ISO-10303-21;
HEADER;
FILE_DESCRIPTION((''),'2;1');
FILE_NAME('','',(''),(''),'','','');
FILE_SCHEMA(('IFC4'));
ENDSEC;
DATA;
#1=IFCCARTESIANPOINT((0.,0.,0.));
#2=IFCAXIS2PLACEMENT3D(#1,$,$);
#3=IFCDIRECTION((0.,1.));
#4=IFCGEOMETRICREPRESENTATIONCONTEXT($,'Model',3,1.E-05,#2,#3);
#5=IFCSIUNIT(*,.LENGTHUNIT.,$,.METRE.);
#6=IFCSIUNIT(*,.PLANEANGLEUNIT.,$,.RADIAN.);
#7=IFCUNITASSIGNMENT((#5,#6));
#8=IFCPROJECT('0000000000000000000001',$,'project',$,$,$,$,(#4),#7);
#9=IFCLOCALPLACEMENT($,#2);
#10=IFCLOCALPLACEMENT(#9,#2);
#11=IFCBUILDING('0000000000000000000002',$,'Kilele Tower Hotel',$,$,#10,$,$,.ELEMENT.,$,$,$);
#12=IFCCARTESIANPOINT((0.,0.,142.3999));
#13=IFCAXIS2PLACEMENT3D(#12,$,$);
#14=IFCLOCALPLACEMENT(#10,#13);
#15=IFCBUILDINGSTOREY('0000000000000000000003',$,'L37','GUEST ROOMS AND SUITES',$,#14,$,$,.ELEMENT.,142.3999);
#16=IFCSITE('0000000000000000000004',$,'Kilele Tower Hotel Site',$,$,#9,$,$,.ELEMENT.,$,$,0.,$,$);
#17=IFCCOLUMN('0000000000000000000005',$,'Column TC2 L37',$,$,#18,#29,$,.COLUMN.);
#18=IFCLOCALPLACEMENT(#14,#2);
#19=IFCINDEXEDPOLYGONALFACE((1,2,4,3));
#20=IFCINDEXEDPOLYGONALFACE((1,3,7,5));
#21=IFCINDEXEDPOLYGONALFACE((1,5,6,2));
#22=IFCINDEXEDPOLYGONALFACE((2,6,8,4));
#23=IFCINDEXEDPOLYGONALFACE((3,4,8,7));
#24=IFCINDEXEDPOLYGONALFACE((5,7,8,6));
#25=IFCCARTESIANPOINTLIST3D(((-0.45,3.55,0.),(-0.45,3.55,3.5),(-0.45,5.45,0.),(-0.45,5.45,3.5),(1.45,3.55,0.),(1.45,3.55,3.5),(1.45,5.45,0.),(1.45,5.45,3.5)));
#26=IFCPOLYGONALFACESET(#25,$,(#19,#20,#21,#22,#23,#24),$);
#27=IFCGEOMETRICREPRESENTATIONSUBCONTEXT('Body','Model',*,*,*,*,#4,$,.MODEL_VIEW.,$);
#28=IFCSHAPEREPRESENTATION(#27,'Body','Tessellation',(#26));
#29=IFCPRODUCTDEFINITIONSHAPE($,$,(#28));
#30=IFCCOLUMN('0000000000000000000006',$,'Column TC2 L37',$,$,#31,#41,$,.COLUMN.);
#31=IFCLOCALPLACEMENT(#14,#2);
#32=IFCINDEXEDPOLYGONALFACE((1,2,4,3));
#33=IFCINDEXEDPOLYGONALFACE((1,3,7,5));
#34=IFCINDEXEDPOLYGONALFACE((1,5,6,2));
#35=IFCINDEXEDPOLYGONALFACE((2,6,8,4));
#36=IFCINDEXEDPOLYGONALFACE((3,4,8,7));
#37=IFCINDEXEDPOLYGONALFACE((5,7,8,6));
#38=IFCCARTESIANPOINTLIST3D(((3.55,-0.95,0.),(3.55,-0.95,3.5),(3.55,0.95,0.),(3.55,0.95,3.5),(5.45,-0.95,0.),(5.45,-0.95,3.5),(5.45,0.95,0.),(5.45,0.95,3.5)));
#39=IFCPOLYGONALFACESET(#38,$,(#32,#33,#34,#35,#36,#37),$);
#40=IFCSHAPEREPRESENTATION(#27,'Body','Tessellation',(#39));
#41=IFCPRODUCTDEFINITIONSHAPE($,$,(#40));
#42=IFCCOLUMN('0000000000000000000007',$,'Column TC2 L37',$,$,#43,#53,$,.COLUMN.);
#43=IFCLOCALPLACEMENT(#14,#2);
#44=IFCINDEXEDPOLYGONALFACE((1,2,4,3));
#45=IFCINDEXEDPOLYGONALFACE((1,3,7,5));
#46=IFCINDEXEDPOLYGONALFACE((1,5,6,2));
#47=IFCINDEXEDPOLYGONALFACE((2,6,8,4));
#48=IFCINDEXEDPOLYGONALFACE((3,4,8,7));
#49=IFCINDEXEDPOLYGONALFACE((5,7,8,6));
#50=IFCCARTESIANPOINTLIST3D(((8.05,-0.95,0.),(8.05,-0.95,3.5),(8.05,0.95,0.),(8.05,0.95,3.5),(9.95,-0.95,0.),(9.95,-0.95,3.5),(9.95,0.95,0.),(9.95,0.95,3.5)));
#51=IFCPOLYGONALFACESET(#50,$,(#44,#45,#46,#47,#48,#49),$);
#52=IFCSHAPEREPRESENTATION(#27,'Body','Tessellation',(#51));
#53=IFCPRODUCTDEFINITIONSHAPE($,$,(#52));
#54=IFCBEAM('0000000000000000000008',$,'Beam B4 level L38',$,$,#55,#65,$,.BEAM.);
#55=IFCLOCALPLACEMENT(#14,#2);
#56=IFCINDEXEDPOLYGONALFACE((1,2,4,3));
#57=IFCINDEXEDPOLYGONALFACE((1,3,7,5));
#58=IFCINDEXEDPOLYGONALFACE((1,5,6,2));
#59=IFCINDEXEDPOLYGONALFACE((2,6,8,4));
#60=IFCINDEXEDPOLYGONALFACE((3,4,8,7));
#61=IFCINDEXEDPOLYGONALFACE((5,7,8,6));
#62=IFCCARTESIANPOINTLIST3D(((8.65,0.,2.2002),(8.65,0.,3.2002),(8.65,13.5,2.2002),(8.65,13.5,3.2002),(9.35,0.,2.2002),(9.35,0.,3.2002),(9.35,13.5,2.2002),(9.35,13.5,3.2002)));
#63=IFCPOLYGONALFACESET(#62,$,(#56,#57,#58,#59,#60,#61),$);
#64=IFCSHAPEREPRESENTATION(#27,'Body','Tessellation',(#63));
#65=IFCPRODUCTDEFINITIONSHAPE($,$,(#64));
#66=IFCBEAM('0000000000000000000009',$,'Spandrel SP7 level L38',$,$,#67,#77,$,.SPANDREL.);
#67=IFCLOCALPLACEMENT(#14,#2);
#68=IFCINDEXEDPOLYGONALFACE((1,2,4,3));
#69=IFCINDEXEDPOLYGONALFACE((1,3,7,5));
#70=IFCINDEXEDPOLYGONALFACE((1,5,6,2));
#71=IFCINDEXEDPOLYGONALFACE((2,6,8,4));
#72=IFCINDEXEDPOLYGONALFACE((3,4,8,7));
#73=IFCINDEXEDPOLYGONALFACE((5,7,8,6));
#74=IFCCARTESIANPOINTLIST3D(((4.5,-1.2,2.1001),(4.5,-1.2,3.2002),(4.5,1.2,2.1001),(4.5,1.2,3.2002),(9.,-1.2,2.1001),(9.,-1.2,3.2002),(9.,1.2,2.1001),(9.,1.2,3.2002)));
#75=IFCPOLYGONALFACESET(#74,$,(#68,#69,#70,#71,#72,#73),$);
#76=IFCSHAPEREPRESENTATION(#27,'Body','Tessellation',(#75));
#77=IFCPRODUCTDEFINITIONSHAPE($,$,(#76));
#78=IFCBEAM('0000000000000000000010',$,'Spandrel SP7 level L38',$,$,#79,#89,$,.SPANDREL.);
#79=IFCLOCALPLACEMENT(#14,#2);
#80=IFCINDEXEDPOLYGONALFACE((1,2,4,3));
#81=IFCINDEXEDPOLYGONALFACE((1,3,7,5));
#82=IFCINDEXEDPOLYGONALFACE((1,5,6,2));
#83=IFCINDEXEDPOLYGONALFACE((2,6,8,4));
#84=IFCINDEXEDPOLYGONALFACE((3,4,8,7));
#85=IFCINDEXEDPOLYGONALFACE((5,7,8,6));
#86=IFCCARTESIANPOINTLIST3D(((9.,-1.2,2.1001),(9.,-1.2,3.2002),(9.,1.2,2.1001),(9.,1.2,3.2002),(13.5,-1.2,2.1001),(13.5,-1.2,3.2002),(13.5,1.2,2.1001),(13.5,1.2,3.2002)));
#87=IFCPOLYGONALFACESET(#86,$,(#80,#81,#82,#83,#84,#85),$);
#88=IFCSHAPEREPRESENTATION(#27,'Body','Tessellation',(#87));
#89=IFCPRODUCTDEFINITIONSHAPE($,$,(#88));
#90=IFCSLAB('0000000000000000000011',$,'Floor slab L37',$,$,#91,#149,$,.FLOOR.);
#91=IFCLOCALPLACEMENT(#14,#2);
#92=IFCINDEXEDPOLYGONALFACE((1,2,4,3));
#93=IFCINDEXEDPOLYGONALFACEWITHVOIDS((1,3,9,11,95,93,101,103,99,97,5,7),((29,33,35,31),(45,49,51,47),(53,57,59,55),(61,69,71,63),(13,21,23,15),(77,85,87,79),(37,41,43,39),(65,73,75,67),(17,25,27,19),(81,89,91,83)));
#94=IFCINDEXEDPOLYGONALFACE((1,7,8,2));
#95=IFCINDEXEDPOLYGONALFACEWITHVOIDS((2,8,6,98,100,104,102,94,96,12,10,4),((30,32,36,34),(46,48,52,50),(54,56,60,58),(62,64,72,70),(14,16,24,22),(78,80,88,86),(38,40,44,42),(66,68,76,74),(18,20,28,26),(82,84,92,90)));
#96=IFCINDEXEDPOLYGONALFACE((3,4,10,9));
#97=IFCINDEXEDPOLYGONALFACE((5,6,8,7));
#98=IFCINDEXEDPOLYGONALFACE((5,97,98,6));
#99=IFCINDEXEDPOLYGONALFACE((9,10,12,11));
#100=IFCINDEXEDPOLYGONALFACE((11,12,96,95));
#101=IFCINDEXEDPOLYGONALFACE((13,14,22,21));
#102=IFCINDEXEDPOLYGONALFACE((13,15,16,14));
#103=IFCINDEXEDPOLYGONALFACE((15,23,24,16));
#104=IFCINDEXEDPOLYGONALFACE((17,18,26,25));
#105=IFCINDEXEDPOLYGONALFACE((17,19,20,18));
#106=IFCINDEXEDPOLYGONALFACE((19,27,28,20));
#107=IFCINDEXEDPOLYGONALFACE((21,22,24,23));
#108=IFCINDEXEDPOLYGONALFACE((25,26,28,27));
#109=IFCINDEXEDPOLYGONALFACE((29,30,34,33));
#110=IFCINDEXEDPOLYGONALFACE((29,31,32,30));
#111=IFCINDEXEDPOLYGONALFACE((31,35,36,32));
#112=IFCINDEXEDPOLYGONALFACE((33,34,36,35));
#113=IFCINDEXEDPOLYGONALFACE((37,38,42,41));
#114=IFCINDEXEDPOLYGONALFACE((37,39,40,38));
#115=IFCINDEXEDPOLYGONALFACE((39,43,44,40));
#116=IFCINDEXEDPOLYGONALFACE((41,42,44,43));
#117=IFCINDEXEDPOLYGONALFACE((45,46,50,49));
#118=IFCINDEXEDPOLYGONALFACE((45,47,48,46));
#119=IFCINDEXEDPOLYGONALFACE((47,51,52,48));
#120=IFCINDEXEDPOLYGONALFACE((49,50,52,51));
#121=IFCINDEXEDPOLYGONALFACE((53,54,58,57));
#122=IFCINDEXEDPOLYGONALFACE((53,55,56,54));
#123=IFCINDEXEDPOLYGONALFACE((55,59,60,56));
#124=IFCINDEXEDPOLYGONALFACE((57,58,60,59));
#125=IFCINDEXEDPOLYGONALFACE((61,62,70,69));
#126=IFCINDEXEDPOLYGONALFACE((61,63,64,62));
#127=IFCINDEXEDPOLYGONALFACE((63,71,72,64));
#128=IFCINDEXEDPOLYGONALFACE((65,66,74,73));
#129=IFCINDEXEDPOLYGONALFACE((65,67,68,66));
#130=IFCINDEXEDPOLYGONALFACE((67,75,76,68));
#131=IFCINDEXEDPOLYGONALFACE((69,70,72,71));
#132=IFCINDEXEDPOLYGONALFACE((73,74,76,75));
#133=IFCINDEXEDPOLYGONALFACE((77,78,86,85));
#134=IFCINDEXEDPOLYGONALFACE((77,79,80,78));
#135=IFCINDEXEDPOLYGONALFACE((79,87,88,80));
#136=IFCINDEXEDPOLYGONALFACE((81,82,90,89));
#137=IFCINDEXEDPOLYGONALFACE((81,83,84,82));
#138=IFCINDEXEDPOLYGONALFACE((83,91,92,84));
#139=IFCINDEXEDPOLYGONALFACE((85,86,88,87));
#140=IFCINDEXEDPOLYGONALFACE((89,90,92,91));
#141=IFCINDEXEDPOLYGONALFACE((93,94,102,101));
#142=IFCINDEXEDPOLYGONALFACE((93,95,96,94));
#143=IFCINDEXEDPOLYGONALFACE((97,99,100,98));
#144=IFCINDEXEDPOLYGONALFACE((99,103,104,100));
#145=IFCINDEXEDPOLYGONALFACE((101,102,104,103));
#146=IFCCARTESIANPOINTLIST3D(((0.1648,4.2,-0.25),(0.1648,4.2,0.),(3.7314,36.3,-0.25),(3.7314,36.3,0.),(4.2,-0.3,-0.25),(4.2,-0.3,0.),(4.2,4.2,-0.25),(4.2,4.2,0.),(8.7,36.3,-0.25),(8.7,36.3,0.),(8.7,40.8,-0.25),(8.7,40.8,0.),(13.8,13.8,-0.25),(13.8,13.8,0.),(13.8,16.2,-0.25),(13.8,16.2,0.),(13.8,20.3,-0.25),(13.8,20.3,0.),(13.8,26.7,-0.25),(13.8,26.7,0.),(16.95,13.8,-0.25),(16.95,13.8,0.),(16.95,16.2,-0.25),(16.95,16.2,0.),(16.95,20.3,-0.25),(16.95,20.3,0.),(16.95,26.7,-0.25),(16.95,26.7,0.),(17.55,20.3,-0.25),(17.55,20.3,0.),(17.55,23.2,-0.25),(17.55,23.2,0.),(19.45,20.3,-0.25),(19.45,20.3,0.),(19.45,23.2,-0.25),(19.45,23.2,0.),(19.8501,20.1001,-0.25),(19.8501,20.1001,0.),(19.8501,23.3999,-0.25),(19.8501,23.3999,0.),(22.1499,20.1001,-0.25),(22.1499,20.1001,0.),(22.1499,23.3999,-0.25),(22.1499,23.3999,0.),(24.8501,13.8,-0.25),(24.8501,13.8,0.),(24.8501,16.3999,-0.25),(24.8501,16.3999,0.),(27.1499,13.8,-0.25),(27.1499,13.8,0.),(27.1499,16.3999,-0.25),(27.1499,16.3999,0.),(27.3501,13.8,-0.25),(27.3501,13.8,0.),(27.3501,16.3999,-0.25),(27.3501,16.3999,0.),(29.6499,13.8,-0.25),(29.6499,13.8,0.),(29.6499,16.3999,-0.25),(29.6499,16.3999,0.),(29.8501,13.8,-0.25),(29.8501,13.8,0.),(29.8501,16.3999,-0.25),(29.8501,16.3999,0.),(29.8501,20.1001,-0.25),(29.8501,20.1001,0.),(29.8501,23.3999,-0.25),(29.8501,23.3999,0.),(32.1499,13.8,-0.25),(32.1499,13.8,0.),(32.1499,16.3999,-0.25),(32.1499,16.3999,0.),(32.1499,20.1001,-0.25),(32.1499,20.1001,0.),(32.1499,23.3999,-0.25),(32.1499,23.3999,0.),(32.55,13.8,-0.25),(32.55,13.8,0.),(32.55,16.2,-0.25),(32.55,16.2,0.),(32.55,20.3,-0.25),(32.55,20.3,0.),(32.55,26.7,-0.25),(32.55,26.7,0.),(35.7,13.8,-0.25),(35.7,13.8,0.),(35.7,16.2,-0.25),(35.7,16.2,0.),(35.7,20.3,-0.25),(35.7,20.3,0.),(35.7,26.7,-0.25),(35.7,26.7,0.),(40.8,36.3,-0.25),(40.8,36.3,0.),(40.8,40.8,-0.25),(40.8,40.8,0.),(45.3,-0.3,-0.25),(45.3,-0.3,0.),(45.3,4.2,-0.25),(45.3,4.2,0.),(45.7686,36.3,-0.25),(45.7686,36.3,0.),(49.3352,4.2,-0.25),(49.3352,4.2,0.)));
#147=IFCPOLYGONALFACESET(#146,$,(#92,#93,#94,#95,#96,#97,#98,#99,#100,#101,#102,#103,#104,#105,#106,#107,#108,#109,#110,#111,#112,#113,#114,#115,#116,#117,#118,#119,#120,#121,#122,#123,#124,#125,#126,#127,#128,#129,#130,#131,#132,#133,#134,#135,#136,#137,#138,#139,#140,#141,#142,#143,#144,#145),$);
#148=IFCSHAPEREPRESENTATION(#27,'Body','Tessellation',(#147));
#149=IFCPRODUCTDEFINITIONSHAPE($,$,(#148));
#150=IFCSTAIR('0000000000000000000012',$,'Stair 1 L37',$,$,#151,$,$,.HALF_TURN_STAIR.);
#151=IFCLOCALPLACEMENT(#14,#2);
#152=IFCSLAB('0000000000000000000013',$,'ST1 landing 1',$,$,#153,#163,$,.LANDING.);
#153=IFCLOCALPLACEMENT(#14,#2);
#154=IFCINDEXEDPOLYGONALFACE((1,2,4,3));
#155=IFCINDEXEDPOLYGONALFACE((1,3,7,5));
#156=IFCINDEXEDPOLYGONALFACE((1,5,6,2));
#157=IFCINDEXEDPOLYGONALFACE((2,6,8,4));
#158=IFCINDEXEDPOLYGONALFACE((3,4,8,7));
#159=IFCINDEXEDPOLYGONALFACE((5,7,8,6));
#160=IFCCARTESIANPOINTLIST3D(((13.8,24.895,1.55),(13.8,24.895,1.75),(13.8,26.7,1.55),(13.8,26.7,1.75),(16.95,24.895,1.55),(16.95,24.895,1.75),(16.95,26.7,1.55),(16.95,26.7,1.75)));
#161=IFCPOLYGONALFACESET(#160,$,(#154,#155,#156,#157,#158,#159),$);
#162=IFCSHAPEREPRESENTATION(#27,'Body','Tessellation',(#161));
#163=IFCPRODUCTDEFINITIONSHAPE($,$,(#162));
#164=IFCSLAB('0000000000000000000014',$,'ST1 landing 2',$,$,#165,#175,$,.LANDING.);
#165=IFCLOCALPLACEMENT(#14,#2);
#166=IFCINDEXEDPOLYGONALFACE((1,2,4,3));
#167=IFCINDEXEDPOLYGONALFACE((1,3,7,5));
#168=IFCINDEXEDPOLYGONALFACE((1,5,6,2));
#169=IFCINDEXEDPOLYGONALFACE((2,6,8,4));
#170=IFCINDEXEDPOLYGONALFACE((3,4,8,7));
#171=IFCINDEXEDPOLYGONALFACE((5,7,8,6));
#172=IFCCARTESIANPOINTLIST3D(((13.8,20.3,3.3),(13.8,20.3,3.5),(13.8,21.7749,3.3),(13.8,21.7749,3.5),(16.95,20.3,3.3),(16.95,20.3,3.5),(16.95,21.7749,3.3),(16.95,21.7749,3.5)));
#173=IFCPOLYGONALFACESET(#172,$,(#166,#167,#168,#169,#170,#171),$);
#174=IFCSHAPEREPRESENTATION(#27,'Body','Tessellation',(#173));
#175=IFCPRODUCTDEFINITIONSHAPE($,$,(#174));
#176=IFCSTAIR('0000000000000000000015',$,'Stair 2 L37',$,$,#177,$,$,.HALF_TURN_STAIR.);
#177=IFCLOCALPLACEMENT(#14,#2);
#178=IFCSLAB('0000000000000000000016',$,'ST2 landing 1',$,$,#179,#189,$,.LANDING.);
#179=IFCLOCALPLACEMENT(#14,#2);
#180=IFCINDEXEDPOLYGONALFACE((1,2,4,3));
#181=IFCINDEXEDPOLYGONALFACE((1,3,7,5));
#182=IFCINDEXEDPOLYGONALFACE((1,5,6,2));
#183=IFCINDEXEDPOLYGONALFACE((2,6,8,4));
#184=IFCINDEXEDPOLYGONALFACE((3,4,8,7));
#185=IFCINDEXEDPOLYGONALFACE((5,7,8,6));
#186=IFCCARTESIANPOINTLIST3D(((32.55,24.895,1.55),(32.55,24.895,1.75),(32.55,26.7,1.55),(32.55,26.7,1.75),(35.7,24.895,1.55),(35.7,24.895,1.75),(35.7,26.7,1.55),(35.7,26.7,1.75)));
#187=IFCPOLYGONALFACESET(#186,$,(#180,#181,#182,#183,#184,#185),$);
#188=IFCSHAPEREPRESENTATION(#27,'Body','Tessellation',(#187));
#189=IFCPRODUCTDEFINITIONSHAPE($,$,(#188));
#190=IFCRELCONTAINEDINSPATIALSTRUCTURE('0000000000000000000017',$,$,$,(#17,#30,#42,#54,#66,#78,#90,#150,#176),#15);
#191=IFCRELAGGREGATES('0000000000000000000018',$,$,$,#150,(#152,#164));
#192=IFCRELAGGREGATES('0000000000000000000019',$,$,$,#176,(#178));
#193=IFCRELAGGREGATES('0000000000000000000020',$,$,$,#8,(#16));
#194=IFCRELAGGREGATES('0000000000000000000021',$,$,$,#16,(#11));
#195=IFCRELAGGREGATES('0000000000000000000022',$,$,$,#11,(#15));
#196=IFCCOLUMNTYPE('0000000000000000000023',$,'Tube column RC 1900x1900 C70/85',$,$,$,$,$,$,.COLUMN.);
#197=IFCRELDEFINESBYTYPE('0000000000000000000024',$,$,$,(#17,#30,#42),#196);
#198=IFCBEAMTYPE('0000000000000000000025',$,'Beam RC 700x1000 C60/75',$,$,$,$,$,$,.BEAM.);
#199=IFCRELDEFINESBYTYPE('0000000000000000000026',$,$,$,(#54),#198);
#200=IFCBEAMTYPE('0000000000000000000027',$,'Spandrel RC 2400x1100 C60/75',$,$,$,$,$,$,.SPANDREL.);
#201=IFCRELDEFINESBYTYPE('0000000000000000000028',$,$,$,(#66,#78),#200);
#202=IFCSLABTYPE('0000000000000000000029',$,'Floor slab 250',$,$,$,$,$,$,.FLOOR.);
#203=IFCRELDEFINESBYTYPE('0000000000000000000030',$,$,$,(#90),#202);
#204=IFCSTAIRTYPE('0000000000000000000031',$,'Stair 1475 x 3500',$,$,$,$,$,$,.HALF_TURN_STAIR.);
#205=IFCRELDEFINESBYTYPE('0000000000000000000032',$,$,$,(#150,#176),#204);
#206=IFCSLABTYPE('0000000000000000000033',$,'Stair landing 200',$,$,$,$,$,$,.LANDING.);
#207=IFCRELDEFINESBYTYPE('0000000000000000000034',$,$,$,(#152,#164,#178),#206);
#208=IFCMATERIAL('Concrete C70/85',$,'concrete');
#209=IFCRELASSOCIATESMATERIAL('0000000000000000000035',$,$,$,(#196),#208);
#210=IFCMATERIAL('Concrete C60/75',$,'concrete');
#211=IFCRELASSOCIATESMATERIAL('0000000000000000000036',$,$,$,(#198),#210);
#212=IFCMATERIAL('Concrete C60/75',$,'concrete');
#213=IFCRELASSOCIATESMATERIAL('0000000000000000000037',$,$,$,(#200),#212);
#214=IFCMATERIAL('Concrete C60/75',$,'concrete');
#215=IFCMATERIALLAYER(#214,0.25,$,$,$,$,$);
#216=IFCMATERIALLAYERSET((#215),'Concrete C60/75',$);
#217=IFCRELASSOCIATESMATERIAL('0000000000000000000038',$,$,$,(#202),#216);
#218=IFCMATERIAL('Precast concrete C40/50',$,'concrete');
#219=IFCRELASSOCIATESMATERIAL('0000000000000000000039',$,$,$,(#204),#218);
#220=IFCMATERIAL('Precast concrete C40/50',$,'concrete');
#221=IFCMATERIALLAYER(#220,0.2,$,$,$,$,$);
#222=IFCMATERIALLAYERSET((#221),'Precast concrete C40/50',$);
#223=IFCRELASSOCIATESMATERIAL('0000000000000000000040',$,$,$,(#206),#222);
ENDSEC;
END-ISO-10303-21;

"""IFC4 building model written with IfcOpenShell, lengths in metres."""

from ifc_helpers import new_model, si_unit, direction, frame, origin, origin_2d, place, context, subcontext, project, spatial, polyline, rectangle, outline, extrude, material, layer, layer_set, material_profile, profile_set, type_object, element, aggregate, save


model = new_model("IFC4")

# Units and contexts
model_context = context("Model", 3, precision=1e-05, world=origin(), true_north=direction((0.0, 1.0)))
body_context = subcontext(model_context, "Body", "Model", "MODEL_VIEW")
ifc_project = project(units=[si_unit("LENGTHUNIT", "METRE"), si_unit("PLANEANGLEUNIT", "RADIAN")], contexts=[model_context])

# Site, building, storey
site_placement = place(None, origin())
site = spatial("IfcSite", under=ifc_project, at=site_placement, Name="Kilele Tower Hotel Site", CompositionType="ELEMENT", RefElevation=0.0)
building_placement = place(site_placement, origin())
building = spatial("IfcBuilding", under=site, at=building_placement, Name="Kilele Tower Hotel", CompositionType="ELEMENT")
storey_placement = place(building_placement, frame((0.0, 0.0, 142.3999)))
storey = spatial("IfcBuildingStorey", under=building, at=storey_placement, Name="L37", Description="GUEST ROOMS AND SUITES", CompositionType="ELEMENT", Elevation=142.3999)

# Columns
ifc_material_1 = material(Name="Concrete C70/85", Category="concrete")
ifc_material_profile_1 = material_profile(ifc_material_1, rectangle(XDim=1.8999, YDim=1.8999, at=origin_2d()))
ifc_profile_set_1 = profile_set([ifc_material_profile_1], Name="Concrete C70/85")
column_type = type_object("IfcColumnType", Name="Tube column RC 1900x1900 C70/85", PredefinedType="COLUMN", material=ifc_profile_set_1)
for number, where, z_axis, x_axis, name in (
    (1, (0.5, 4.5, 0.0), (0.0, 0.0, 1.0), (1.0, 0.0, 0.0), "Column TC2 L37"),
    (2, (4.5, 0.0, 0.0), (0.0, 0.0, 1.0), (1.0, 0.0, 0.0), "Column TC2 L37"),
    (3, (9.0, 0.0, 0.0), (0.0, 0.0, 1.0), (1.0, 0.0, 0.0), "Column TC2 L37"),
):
    element("IfcColumn", number, at=place(storey_placement, frame(where, z_axis=z_axis, x_axis=x_axis)), inside=storey, type_object=column_type, Name=name, PredefinedType="COLUMN", context=body_context, shape_type="SweptSolid", body=[
        extrude(rectangle(XDim=1.8999, YDim=1.8999, at=origin_2d()), origin(), (0.0, 0.0, 1.0), 3.5),
    ])

# Beams
ifc_material_2 = material(Name="Concrete C60/75", Category="concrete")
ifc_material_profile_2 = material_profile(ifc_material_2, rectangle(XDim=0.7, YDim=1.0, at=origin_2d()))
ifc_profile_set_2 = profile_set([ifc_material_profile_2], Name="Concrete C60/75")
beam_type_1 = type_object("IfcBeamType", Name="Beam RC 700x1000 C60/75", PredefinedType="BEAM", material=ifc_profile_set_2)
beam_placement = place(storey_placement, frame((9.0, 0.0, 2.7002), z_axis=(0.0, 1.0, 0.0), x_axis=(-1.0, 0.0, 0.0)))
element("IfcBeam", 4, at=beam_placement, inside=storey, type_object=beam_type_1, Name="Beam B4 level L38", PredefinedType="BEAM", context=body_context, shape_type="SweptSolid", body=[
    extrude(rectangle(XDim=0.7, YDim=1.0, at=origin_2d()), origin(), (0.0, 0.0, 1.0), 13.5),
])
ifc_material_3 = material(Name="Concrete C60/75", Category="concrete")
ifc_material_profile_3 = material_profile(ifc_material_3, rectangle(XDim=2.3999, YDim=1.1001, at=origin_2d()))
ifc_profile_set_3 = profile_set([ifc_material_profile_3], Name="Concrete C60/75")
beam_type_2 = type_object("IfcBeamType", Name="Spandrel RC 2400x1100 C60/75", PredefinedType="SPANDREL", material=ifc_profile_set_3)
for number, where, z_axis, x_axis, name in (
    (5, (4.5, 0.0, 2.6501), (1.0, 0.0, 0.0), (0.0, 1.0, 0.0), "Spandrel SP7 level L38"),
    (6, (9.0, 0.0, 2.6501), (1.0, 0.0, 0.0), (0.0, 1.0, 0.0), "Spandrel SP7 level L38"),
):
    element("IfcBeam", number, at=place(storey_placement, frame(where, z_axis=z_axis, x_axis=x_axis)), inside=storey, type_object=beam_type_2, Name=name, PredefinedType="SPANDREL", context=body_context, shape_type="SweptSolid", body=[
        extrude(rectangle(XDim=2.3999, YDim=1.1001, at=origin_2d()), origin(), (0.0, 0.0, 1.0), 4.5),
    ])

# Slab
ifc_material_4 = material(Name="Concrete C60/75", Category="concrete")
ifc_layer_1 = layer(ifc_material_4, 0.25)
ifc_layer_set_1 = layer_set([ifc_layer_1], Name="Concrete C60/75")
slab_type_1 = type_object("IfcSlabType", Name="Floor slab 250", PredefinedType="FLOOR", material=ifc_layer_set_1)
slab_1_placement = place(storey_placement, frame((0.0, 0.0, -0.25)))
element("IfcSlab", 7, at=slab_1_placement, inside=storey, type_object=slab_type_1, Name="Floor slab L37", PredefinedType="FLOOR", context=body_context, shape_type="SweptSolid", body=[
    extrude(outline(polyline([(8.7, 36.3), (8.7, 40.8), (40.8, 40.8), (40.8, 36.3), (45.7686, 36.3), (49.3352, 4.2), (45.3, 4.2), (45.3, -0.3), (4.2, -0.3), (4.2, 4.2), (0.1648, 4.2), (3.7314, 36.3), (8.7, 36.3)]), holes=[polyline([(16.95, 16.2), (13.8, 16.2), (13.8, 13.8), (16.95, 13.8), (16.95, 16.2)]), polyline([(35.7, 16.2), (32.55, 16.2), (32.55, 13.8), (35.7, 13.8), (35.7, 16.2)]), polyline([(27.1499, 16.3999), (24.8501, 16.3999), (24.8501, 13.8), (27.1499, 13.8), (27.1499, 16.3999)]), polyline([(29.6499, 13.8), (29.6499, 16.3999), (27.3501, 16.3999), (27.3501, 13.8), (29.6499, 13.8)]), polyline([(32.1499, 13.8), (32.1499, 16.3999), (29.8501, 16.3999), (29.8501, 13.8), (32.1499, 13.8)]), polyline([(19.45, 23.2), (17.55, 23.2), (17.55, 20.3), (19.45, 20.3), (19.45, 23.2)]), polyline([(22.1499, 23.3999), (19.8501, 23.3999), (19.8501, 20.1001), (22.1499, 20.1001), (22.1499, 23.3999)]), polyline([(32.1499, 23.3999), (29.8501, 23.3999), (29.8501, 20.1001), (32.1499, 20.1001), (32.1499, 23.3999)]), polyline([(16.95, 20.3), (16.95, 26.7), (13.8, 26.7), (13.8, 20.3), (16.95, 20.3)]), polyline([(35.7, 20.3), (35.7, 26.7), (32.55, 26.7), (32.55, 20.3), (35.7, 20.3)])]), origin(), (0.0, 0.0, 1.0), 0.25),
])

# Stairs, slabs
ifc_material_5 = material(Name="Precast concrete C40/50", Category="concrete")
stair_type = type_object("IfcStairType", Name="Stair 1475 x 3500", PredefinedType="HALF_TURN_STAIR", material=ifc_material_5)
stair_1_placement = place(storey_placement, origin())
stair_1 = element("IfcStair", 8, at=stair_1_placement, inside=storey, type_object=stair_type, Name="Stair 1 L37", PredefinedType="HALF_TURN_STAIR")
ifc_material_6 = material(Name="Precast concrete C40/50", Category="concrete")
ifc_layer_2 = layer(ifc_material_6, 0.2)
ifc_layer_set_2 = layer_set([ifc_layer_2], Name="Precast concrete C40/50")
slab_type_2 = type_object("IfcSlabType", Name="Stair landing 200", PredefinedType="LANDING", material=ifc_layer_set_2)
slab_2_placement = place(storey_placement, frame((0.0, 0.0, 1.55)))
slab_2 = element("IfcSlab", 9, at=slab_2_placement, type_object=slab_type_2, Name="ST1 landing 1", PredefinedType="LANDING", context=body_context, shape_type="SweptSolid", body=[
    extrude(outline(polyline([(13.8, 24.895), (16.95, 24.895), (16.95, 26.7), (13.8, 26.7), (13.8, 24.895)])), origin(), (0.0, 0.0, 1.0), 0.2),
])
slab_3_placement = place(storey_placement, frame((0.0, 0.0, 3.3)))
slab_3 = element("IfcSlab", 10, at=slab_3_placement, type_object=slab_type_2, Name="ST1 landing 2", PredefinedType="LANDING", context=body_context, shape_type="SweptSolid", body=[
    extrude(outline(polyline([(13.8, 20.3), (16.95, 20.3), (16.95, 21.7749), (13.8, 21.7749), (13.8, 20.3)])), origin(), (0.0, 0.0, 1.0), 0.2),
])
aggregate(stair_1, [slab_2, slab_3])
stair_2_placement = place(storey_placement, origin())
stair_2 = element("IfcStair", 11, at=stair_2_placement, inside=storey, type_object=stair_type, Name="Stair 2 L37", PredefinedType="HALF_TURN_STAIR")
slab_4_placement = place(storey_placement, frame((0.0, 0.0, 1.55)))
slab_4 = element("IfcSlab", 12, at=slab_4_placement, type_object=slab_type_2, Name="ST2 landing 1", PredefinedType="LANDING", context=body_context, shape_type="SweptSolid", body=[
    extrude(outline(polyline([(32.55, 24.895), (35.7, 24.895), (35.7, 26.7), (32.55, 26.7), (32.55, 24.895)])), origin(), (0.0, 0.0, 1.0), 0.2),
])
aggregate(stair_2, [slab_4])

save(model, "model.ifc")
